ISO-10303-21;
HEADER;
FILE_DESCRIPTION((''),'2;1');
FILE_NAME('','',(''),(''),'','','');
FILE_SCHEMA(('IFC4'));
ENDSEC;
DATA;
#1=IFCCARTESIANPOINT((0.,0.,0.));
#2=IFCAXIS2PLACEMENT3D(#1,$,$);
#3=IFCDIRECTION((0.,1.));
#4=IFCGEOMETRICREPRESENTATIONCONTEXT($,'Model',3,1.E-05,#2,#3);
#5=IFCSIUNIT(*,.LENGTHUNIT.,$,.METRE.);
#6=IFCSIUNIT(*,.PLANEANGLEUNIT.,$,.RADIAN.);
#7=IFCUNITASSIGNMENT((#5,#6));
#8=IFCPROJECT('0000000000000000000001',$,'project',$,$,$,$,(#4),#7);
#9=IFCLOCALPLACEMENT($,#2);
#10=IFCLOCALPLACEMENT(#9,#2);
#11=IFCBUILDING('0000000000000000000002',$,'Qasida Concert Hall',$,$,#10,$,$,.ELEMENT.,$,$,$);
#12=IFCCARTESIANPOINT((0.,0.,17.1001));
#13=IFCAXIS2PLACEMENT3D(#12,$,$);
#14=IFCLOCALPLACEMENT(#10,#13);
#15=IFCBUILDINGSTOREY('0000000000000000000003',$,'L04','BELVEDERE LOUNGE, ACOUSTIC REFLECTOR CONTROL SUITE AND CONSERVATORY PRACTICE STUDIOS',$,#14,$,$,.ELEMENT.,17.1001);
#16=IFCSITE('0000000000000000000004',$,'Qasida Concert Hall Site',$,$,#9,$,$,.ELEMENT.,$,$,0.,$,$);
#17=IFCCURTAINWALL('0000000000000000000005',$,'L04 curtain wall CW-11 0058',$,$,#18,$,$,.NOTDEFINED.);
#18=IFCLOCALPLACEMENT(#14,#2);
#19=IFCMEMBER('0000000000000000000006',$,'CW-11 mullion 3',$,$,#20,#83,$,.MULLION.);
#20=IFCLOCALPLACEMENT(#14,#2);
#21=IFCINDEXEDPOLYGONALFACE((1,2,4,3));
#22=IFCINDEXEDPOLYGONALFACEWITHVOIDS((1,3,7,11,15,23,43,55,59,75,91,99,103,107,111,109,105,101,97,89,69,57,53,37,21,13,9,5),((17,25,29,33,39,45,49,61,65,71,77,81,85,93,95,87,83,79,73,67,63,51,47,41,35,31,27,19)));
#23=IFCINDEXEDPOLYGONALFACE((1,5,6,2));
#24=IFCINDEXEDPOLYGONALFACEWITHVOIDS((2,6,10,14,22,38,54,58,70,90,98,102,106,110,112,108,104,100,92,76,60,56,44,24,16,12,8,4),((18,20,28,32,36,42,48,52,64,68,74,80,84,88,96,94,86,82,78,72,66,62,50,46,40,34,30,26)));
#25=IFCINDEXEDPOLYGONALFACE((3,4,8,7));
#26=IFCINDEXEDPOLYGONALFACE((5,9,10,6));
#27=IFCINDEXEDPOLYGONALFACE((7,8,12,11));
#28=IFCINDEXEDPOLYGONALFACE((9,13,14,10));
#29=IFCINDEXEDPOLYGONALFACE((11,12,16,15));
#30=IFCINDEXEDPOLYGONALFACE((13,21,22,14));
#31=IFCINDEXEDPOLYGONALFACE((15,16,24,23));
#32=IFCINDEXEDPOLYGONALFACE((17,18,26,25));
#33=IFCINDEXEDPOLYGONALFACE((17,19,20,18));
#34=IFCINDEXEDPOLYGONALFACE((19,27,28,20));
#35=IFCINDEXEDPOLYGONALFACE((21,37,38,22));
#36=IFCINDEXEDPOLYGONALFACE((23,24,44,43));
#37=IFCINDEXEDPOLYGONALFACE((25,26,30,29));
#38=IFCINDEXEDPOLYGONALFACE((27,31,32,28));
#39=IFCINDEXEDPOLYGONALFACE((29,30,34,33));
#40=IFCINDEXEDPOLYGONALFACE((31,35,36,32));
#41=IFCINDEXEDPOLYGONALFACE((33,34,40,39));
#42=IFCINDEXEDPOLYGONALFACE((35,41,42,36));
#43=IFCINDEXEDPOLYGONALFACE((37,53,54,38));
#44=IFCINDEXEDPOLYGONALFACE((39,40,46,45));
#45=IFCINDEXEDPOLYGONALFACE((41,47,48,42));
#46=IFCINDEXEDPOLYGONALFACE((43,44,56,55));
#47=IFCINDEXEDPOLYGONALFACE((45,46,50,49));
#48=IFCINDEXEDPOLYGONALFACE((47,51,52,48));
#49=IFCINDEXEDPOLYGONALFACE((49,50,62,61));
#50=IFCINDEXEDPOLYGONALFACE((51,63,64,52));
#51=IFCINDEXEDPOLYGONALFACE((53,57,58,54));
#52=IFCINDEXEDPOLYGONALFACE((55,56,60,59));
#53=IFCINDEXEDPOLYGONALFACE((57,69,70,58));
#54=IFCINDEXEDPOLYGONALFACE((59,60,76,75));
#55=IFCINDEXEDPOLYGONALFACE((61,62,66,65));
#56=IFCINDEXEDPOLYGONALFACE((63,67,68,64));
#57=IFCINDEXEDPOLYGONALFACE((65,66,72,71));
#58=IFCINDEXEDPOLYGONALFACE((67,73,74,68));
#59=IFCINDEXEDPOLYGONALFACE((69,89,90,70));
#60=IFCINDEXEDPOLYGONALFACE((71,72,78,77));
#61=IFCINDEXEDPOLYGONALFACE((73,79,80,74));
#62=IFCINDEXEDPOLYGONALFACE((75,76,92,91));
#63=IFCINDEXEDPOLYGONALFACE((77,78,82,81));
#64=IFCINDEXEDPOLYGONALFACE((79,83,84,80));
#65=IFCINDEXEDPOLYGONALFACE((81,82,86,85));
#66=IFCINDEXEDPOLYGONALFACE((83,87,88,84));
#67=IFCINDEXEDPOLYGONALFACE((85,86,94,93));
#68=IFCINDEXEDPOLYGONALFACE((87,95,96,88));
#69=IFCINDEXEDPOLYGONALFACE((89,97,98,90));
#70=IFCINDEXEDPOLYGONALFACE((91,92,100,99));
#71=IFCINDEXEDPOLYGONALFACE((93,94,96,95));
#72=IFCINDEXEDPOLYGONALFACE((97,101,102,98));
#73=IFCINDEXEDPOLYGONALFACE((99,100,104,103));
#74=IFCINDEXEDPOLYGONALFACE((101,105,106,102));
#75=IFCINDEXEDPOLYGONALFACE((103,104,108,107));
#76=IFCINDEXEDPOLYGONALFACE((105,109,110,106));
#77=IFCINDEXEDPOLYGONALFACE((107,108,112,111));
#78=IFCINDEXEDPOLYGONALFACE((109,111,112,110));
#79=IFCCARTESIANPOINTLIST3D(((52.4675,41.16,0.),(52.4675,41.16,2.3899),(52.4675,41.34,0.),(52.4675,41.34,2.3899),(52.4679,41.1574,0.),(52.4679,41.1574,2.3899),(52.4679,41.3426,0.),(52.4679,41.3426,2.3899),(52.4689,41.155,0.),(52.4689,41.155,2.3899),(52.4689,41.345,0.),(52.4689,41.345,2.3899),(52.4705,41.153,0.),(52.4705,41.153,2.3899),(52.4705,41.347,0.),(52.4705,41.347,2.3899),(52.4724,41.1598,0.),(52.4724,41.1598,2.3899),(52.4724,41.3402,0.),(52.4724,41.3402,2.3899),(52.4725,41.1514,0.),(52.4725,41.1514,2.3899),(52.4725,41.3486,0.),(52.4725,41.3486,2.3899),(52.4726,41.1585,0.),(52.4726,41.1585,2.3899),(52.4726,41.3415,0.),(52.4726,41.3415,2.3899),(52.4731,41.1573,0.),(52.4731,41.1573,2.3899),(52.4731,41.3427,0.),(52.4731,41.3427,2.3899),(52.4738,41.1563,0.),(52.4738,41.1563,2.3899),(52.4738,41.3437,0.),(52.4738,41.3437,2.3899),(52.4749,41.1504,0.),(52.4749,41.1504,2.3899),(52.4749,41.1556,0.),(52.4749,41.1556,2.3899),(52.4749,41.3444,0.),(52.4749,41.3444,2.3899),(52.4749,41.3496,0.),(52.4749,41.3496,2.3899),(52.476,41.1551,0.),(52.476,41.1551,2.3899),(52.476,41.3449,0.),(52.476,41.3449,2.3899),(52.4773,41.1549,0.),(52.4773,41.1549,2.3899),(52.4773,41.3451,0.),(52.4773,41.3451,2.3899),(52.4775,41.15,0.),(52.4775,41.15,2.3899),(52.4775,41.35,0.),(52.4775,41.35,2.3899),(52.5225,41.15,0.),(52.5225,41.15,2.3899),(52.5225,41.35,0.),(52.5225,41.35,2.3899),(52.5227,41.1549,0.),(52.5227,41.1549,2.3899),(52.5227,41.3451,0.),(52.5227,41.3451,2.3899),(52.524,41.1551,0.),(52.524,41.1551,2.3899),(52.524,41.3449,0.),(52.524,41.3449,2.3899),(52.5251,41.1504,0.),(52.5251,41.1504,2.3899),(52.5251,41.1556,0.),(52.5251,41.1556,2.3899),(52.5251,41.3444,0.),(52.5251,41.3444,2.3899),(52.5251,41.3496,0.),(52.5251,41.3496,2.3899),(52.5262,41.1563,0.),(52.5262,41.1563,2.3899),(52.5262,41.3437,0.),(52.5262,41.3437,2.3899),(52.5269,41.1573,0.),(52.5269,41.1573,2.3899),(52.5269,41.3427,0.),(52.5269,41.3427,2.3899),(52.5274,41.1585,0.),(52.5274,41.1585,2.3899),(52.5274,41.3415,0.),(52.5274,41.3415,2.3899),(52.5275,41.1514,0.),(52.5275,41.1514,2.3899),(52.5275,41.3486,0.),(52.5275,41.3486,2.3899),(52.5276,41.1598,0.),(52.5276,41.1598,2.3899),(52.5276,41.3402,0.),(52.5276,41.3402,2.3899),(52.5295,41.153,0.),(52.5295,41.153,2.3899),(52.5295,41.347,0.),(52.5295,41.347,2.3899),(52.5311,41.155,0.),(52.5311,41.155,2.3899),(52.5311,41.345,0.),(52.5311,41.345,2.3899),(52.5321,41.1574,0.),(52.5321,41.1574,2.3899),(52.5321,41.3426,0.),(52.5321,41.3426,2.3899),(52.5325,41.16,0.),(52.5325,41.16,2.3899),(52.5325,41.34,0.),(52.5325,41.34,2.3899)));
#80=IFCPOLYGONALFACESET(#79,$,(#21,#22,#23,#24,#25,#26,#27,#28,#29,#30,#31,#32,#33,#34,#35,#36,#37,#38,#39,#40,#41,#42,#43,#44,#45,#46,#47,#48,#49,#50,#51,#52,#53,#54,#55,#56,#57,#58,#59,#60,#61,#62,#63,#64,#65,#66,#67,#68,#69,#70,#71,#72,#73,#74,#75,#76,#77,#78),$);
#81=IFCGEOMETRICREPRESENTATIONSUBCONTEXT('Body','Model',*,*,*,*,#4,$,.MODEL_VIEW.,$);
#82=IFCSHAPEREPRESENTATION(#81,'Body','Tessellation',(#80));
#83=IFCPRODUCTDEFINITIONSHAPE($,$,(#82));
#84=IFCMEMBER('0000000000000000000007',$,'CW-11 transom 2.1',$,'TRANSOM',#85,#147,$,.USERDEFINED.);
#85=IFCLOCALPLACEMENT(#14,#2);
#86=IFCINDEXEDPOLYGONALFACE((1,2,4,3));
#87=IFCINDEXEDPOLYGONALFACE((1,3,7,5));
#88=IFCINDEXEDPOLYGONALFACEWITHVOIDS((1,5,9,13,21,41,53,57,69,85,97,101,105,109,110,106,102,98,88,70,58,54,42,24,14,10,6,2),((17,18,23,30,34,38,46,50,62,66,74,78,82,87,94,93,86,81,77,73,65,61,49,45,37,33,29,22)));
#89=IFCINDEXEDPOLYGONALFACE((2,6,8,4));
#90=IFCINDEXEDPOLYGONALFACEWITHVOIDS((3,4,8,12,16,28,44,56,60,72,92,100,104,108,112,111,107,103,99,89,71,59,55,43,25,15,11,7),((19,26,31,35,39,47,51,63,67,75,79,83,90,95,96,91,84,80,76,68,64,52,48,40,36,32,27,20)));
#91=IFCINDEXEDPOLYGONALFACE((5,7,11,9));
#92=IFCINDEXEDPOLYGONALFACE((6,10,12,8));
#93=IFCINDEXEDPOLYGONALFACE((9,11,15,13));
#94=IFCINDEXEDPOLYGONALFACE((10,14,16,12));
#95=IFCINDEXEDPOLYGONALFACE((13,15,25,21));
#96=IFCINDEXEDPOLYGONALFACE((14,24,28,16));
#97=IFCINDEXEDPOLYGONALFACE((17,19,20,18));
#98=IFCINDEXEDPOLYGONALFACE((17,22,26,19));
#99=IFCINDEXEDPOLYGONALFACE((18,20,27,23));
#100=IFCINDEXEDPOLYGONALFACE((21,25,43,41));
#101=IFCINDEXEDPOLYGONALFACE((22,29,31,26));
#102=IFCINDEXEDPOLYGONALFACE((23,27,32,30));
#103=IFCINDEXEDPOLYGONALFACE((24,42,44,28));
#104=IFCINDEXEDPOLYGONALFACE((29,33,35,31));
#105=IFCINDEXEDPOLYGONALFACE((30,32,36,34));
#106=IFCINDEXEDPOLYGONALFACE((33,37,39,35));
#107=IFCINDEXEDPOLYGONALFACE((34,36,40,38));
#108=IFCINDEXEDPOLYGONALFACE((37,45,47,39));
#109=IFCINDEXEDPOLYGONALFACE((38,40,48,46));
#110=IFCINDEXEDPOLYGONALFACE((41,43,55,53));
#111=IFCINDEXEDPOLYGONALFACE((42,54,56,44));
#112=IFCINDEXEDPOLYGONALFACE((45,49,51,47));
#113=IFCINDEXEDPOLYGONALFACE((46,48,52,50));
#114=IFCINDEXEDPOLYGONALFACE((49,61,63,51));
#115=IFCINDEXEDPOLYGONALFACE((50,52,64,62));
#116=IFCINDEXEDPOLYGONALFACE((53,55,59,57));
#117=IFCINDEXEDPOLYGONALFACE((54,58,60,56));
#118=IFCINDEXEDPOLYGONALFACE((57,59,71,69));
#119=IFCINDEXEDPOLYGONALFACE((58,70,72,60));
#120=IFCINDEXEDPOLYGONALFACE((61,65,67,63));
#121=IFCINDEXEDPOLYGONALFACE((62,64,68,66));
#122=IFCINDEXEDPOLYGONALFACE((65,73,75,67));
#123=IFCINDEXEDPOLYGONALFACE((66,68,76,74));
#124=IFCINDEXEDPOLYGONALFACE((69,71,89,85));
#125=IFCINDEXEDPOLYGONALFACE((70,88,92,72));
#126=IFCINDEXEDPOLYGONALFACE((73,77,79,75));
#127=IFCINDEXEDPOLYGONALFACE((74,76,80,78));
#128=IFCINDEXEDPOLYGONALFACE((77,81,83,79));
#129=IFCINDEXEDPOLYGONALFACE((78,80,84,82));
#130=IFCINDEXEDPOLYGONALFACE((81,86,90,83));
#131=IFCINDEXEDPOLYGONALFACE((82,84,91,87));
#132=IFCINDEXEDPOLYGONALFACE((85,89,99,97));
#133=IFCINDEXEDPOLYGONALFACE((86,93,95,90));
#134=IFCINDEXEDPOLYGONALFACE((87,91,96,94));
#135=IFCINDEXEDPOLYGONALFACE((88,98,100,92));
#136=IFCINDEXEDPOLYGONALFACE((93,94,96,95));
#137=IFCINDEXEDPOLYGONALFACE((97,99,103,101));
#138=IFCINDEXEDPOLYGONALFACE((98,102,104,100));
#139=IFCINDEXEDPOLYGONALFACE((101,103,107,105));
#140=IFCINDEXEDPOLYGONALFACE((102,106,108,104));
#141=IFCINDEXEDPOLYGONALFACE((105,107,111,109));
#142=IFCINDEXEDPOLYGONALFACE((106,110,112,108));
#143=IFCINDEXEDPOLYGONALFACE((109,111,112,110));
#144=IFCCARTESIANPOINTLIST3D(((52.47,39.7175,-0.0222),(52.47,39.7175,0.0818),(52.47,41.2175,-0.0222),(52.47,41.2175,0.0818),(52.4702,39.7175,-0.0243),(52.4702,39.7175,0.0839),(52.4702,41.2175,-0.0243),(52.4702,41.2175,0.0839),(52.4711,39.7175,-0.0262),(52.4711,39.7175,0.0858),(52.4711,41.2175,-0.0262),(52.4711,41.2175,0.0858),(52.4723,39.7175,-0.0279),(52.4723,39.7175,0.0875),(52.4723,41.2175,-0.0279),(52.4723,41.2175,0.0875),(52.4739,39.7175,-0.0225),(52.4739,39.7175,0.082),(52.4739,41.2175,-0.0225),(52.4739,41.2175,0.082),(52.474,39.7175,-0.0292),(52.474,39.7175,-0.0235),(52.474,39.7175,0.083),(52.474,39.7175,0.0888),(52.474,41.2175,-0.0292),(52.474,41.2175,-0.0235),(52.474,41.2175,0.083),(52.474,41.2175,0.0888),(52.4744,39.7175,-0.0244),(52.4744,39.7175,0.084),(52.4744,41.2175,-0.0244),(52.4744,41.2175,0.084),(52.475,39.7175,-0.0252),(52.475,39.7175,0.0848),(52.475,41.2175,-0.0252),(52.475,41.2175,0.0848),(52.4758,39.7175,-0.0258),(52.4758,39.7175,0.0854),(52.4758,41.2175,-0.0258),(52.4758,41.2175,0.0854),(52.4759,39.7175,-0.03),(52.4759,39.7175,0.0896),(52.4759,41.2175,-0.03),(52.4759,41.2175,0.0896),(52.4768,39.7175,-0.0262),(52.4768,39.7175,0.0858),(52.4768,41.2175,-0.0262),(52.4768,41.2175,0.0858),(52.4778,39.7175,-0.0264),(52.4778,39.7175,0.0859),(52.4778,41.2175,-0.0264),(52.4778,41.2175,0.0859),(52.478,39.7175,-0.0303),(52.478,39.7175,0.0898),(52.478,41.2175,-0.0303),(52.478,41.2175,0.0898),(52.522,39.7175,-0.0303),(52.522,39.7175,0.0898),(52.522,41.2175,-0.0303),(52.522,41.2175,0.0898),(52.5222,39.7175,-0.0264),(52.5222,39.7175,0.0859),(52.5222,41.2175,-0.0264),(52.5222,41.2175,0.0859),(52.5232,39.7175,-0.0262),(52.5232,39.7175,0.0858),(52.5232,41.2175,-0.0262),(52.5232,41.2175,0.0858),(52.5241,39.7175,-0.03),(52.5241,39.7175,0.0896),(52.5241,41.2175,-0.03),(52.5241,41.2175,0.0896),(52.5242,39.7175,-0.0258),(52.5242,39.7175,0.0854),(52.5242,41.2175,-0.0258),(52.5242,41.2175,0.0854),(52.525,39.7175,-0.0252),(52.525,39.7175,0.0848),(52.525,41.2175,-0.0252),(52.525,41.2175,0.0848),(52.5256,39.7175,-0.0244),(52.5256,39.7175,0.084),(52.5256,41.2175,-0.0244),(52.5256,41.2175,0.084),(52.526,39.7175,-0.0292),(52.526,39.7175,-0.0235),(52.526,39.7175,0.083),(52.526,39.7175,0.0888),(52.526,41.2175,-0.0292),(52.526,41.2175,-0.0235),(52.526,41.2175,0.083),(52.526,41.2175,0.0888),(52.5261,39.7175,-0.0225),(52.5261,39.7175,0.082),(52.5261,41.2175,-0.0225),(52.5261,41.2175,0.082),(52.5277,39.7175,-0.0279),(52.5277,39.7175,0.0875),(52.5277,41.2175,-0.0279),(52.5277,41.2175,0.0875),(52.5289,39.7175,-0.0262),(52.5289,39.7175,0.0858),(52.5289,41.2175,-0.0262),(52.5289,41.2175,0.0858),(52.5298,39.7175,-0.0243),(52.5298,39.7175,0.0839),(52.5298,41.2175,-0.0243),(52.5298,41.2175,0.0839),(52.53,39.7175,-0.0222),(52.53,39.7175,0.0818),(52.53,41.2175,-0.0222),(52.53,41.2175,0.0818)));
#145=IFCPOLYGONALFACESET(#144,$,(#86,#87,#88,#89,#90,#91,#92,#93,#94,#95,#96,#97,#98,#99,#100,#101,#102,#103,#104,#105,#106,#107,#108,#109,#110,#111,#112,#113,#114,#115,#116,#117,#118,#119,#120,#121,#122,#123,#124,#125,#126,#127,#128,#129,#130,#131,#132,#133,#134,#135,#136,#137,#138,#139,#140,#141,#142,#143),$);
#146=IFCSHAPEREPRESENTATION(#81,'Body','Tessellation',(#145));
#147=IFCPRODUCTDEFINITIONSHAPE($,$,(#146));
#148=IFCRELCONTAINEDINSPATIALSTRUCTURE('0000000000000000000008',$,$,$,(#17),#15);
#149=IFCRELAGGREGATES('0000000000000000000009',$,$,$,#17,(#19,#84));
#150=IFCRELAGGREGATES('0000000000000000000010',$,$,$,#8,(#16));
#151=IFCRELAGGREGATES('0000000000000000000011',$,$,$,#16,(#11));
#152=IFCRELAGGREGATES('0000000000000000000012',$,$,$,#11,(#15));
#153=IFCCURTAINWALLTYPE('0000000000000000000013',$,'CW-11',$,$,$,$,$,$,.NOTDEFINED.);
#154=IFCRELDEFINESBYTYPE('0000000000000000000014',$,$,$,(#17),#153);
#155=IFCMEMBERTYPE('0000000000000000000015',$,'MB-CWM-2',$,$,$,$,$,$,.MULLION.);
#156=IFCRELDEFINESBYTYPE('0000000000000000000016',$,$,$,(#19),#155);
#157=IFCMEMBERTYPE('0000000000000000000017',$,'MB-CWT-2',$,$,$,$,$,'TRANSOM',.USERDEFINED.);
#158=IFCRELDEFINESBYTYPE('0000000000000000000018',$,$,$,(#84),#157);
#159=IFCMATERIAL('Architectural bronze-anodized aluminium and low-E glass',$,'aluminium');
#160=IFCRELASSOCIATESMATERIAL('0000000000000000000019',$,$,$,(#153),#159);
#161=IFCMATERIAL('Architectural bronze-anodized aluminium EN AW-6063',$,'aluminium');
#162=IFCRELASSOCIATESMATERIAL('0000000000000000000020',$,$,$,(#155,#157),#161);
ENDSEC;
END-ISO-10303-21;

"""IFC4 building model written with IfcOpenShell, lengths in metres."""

from ifc_helpers import new_model, si_unit, direction, frame, origin, origin_2d, place, context, subcontext, project, spatial, hollow_rectangle, extrude, material, material_profile, profile_set, type_object, element, aggregate, save


model = new_model("IFC4")

# Units and contexts
model_context = context("Model", 3, precision=1e-05, world=origin(), true_north=direction((0.0, 1.0)))
body_context = subcontext(model_context, "Body", "Model", "MODEL_VIEW")
ifc_project = project(units=[si_unit("LENGTHUNIT", "METRE"), si_unit("PLANEANGLEUNIT", "RADIAN")], contexts=[model_context])

# Site, building, storey
site_placement = place(None, origin())
site = spatial("IfcSite", under=ifc_project, at=site_placement, Name="Qasida Concert Hall Site", CompositionType="ELEMENT", RefElevation=0.0)
building_placement = place(site_placement, origin())
building = spatial("IfcBuilding", under=site, at=building_placement, Name="Qasida Concert Hall", CompositionType="ELEMENT")
storey_placement = place(building_placement, frame((0.0, 0.0, 17.1001)))
storey = spatial("IfcBuildingStorey", under=building, at=storey_placement, Name="L04", Description="BELVEDERE LOUNGE, ACOUSTIC REFLECTOR CONTROL SUITE AND CONSERVATORY PRACTICE STUDIOS", CompositionType="ELEMENT", Elevation=17.1001)

# Curtain wall, members
ifc_material_1 = material(Name="Architectural bronze-anodized aluminium and low-E glass", Category="aluminium")
curtain_wall_type = type_object("IfcCurtainWallType", Name="CW-11", PredefinedType="NOTDEFINED", material=ifc_material_1)
curtain_wall_placement = place(storey_placement, origin())
curtain_wall = element("IfcCurtainWall", 1, at=curtain_wall_placement, inside=storey, type_object=curtain_wall_type, Name="L04 curtain wall CW-11 0058", PredefinedType="NOTDEFINED")
ifc_material_2 = material(Name="Architectural bronze-anodized aluminium EN AW-6063", Category="aluminium")
ifc_material_profile_1 = material_profile(ifc_material_2, hollow_rectangle(XDim=0.0649, YDim=0.2, WallThickness=0.0049, InnerFilletRadius=0.0049, OuterFilletRadius=0.01, at=origin_2d()), Name="CWM 200x65x5")
ifc_profile_set_1 = profile_set([ifc_material_profile_1], Name="Architectural bronze-anodized aluminium EN AW-6063")
member_type_1 = type_object("IfcMemberType", Name="MB-CWM-2", PredefinedType="MULLION", material=ifc_profile_set_1)
member_1_placement = place(storey_placement, frame((52.5, 41.25, 0.0), z_axis=(0.0, 0.0, 1.0), x_axis=(-1.0, 0.0, 0.0)))
member_1 = element("IfcMember", 2, at=member_1_placement, type_object=member_type_1, Name="CW-11 mullion 3", PredefinedType="MULLION", context=body_context, shape_type="SweptSolid", body=[
    extrude(hollow_rectangle(XDim=0.0649, YDim=0.2, WallThickness=0.0049, InnerFilletRadius=0.0049, OuterFilletRadius=0.01, at=origin_2d()), origin(), (0.0, 0.0, 1.0), 2.3899),
])
ifc_material_profile_2 = material_profile(ifc_material_2, hollow_rectangle(XDim=0.0601, YDim=0.1201, WallThickness=0.0039, InnerFilletRadius=0.0039, OuterFilletRadius=0.0081, at=origin_2d()), Name="CWT 120x60x4")
ifc_profile_set_2 = profile_set([ifc_material_profile_2], Name="Architectural bronze-anodized aluminium EN AW-6063")
member_type_2 = type_object("IfcMemberType", Name="MB-CWT-2", ElementType="TRANSOM", PredefinedType="USERDEFINED", material=ifc_profile_set_2)
member_2_placement = place(storey_placement, frame((52.5, 39.7175, 0.0298), z_axis=(0.0, 1.0, 0.0), x_axis=(-1.0, 0.0, 0.0)))
member_2 = element("IfcMember", 3, at=member_2_placement, type_object=member_type_2, Name="CW-11 transom 2.1", ObjectType="TRANSOM", PredefinedType="USERDEFINED", context=body_context, shape_type="SweptSolid", body=[
    extrude(hollow_rectangle(XDim=0.0601, YDim=0.1201, WallThickness=0.0039, InnerFilletRadius=0.0039, OuterFilletRadius=0.0081, at=origin_2d()), origin(), (0.0, 0.0, 1.0), 1.5),
])
aggregate(curtain_wall, [member_1, member_2])

save(model, "model.ifc")
